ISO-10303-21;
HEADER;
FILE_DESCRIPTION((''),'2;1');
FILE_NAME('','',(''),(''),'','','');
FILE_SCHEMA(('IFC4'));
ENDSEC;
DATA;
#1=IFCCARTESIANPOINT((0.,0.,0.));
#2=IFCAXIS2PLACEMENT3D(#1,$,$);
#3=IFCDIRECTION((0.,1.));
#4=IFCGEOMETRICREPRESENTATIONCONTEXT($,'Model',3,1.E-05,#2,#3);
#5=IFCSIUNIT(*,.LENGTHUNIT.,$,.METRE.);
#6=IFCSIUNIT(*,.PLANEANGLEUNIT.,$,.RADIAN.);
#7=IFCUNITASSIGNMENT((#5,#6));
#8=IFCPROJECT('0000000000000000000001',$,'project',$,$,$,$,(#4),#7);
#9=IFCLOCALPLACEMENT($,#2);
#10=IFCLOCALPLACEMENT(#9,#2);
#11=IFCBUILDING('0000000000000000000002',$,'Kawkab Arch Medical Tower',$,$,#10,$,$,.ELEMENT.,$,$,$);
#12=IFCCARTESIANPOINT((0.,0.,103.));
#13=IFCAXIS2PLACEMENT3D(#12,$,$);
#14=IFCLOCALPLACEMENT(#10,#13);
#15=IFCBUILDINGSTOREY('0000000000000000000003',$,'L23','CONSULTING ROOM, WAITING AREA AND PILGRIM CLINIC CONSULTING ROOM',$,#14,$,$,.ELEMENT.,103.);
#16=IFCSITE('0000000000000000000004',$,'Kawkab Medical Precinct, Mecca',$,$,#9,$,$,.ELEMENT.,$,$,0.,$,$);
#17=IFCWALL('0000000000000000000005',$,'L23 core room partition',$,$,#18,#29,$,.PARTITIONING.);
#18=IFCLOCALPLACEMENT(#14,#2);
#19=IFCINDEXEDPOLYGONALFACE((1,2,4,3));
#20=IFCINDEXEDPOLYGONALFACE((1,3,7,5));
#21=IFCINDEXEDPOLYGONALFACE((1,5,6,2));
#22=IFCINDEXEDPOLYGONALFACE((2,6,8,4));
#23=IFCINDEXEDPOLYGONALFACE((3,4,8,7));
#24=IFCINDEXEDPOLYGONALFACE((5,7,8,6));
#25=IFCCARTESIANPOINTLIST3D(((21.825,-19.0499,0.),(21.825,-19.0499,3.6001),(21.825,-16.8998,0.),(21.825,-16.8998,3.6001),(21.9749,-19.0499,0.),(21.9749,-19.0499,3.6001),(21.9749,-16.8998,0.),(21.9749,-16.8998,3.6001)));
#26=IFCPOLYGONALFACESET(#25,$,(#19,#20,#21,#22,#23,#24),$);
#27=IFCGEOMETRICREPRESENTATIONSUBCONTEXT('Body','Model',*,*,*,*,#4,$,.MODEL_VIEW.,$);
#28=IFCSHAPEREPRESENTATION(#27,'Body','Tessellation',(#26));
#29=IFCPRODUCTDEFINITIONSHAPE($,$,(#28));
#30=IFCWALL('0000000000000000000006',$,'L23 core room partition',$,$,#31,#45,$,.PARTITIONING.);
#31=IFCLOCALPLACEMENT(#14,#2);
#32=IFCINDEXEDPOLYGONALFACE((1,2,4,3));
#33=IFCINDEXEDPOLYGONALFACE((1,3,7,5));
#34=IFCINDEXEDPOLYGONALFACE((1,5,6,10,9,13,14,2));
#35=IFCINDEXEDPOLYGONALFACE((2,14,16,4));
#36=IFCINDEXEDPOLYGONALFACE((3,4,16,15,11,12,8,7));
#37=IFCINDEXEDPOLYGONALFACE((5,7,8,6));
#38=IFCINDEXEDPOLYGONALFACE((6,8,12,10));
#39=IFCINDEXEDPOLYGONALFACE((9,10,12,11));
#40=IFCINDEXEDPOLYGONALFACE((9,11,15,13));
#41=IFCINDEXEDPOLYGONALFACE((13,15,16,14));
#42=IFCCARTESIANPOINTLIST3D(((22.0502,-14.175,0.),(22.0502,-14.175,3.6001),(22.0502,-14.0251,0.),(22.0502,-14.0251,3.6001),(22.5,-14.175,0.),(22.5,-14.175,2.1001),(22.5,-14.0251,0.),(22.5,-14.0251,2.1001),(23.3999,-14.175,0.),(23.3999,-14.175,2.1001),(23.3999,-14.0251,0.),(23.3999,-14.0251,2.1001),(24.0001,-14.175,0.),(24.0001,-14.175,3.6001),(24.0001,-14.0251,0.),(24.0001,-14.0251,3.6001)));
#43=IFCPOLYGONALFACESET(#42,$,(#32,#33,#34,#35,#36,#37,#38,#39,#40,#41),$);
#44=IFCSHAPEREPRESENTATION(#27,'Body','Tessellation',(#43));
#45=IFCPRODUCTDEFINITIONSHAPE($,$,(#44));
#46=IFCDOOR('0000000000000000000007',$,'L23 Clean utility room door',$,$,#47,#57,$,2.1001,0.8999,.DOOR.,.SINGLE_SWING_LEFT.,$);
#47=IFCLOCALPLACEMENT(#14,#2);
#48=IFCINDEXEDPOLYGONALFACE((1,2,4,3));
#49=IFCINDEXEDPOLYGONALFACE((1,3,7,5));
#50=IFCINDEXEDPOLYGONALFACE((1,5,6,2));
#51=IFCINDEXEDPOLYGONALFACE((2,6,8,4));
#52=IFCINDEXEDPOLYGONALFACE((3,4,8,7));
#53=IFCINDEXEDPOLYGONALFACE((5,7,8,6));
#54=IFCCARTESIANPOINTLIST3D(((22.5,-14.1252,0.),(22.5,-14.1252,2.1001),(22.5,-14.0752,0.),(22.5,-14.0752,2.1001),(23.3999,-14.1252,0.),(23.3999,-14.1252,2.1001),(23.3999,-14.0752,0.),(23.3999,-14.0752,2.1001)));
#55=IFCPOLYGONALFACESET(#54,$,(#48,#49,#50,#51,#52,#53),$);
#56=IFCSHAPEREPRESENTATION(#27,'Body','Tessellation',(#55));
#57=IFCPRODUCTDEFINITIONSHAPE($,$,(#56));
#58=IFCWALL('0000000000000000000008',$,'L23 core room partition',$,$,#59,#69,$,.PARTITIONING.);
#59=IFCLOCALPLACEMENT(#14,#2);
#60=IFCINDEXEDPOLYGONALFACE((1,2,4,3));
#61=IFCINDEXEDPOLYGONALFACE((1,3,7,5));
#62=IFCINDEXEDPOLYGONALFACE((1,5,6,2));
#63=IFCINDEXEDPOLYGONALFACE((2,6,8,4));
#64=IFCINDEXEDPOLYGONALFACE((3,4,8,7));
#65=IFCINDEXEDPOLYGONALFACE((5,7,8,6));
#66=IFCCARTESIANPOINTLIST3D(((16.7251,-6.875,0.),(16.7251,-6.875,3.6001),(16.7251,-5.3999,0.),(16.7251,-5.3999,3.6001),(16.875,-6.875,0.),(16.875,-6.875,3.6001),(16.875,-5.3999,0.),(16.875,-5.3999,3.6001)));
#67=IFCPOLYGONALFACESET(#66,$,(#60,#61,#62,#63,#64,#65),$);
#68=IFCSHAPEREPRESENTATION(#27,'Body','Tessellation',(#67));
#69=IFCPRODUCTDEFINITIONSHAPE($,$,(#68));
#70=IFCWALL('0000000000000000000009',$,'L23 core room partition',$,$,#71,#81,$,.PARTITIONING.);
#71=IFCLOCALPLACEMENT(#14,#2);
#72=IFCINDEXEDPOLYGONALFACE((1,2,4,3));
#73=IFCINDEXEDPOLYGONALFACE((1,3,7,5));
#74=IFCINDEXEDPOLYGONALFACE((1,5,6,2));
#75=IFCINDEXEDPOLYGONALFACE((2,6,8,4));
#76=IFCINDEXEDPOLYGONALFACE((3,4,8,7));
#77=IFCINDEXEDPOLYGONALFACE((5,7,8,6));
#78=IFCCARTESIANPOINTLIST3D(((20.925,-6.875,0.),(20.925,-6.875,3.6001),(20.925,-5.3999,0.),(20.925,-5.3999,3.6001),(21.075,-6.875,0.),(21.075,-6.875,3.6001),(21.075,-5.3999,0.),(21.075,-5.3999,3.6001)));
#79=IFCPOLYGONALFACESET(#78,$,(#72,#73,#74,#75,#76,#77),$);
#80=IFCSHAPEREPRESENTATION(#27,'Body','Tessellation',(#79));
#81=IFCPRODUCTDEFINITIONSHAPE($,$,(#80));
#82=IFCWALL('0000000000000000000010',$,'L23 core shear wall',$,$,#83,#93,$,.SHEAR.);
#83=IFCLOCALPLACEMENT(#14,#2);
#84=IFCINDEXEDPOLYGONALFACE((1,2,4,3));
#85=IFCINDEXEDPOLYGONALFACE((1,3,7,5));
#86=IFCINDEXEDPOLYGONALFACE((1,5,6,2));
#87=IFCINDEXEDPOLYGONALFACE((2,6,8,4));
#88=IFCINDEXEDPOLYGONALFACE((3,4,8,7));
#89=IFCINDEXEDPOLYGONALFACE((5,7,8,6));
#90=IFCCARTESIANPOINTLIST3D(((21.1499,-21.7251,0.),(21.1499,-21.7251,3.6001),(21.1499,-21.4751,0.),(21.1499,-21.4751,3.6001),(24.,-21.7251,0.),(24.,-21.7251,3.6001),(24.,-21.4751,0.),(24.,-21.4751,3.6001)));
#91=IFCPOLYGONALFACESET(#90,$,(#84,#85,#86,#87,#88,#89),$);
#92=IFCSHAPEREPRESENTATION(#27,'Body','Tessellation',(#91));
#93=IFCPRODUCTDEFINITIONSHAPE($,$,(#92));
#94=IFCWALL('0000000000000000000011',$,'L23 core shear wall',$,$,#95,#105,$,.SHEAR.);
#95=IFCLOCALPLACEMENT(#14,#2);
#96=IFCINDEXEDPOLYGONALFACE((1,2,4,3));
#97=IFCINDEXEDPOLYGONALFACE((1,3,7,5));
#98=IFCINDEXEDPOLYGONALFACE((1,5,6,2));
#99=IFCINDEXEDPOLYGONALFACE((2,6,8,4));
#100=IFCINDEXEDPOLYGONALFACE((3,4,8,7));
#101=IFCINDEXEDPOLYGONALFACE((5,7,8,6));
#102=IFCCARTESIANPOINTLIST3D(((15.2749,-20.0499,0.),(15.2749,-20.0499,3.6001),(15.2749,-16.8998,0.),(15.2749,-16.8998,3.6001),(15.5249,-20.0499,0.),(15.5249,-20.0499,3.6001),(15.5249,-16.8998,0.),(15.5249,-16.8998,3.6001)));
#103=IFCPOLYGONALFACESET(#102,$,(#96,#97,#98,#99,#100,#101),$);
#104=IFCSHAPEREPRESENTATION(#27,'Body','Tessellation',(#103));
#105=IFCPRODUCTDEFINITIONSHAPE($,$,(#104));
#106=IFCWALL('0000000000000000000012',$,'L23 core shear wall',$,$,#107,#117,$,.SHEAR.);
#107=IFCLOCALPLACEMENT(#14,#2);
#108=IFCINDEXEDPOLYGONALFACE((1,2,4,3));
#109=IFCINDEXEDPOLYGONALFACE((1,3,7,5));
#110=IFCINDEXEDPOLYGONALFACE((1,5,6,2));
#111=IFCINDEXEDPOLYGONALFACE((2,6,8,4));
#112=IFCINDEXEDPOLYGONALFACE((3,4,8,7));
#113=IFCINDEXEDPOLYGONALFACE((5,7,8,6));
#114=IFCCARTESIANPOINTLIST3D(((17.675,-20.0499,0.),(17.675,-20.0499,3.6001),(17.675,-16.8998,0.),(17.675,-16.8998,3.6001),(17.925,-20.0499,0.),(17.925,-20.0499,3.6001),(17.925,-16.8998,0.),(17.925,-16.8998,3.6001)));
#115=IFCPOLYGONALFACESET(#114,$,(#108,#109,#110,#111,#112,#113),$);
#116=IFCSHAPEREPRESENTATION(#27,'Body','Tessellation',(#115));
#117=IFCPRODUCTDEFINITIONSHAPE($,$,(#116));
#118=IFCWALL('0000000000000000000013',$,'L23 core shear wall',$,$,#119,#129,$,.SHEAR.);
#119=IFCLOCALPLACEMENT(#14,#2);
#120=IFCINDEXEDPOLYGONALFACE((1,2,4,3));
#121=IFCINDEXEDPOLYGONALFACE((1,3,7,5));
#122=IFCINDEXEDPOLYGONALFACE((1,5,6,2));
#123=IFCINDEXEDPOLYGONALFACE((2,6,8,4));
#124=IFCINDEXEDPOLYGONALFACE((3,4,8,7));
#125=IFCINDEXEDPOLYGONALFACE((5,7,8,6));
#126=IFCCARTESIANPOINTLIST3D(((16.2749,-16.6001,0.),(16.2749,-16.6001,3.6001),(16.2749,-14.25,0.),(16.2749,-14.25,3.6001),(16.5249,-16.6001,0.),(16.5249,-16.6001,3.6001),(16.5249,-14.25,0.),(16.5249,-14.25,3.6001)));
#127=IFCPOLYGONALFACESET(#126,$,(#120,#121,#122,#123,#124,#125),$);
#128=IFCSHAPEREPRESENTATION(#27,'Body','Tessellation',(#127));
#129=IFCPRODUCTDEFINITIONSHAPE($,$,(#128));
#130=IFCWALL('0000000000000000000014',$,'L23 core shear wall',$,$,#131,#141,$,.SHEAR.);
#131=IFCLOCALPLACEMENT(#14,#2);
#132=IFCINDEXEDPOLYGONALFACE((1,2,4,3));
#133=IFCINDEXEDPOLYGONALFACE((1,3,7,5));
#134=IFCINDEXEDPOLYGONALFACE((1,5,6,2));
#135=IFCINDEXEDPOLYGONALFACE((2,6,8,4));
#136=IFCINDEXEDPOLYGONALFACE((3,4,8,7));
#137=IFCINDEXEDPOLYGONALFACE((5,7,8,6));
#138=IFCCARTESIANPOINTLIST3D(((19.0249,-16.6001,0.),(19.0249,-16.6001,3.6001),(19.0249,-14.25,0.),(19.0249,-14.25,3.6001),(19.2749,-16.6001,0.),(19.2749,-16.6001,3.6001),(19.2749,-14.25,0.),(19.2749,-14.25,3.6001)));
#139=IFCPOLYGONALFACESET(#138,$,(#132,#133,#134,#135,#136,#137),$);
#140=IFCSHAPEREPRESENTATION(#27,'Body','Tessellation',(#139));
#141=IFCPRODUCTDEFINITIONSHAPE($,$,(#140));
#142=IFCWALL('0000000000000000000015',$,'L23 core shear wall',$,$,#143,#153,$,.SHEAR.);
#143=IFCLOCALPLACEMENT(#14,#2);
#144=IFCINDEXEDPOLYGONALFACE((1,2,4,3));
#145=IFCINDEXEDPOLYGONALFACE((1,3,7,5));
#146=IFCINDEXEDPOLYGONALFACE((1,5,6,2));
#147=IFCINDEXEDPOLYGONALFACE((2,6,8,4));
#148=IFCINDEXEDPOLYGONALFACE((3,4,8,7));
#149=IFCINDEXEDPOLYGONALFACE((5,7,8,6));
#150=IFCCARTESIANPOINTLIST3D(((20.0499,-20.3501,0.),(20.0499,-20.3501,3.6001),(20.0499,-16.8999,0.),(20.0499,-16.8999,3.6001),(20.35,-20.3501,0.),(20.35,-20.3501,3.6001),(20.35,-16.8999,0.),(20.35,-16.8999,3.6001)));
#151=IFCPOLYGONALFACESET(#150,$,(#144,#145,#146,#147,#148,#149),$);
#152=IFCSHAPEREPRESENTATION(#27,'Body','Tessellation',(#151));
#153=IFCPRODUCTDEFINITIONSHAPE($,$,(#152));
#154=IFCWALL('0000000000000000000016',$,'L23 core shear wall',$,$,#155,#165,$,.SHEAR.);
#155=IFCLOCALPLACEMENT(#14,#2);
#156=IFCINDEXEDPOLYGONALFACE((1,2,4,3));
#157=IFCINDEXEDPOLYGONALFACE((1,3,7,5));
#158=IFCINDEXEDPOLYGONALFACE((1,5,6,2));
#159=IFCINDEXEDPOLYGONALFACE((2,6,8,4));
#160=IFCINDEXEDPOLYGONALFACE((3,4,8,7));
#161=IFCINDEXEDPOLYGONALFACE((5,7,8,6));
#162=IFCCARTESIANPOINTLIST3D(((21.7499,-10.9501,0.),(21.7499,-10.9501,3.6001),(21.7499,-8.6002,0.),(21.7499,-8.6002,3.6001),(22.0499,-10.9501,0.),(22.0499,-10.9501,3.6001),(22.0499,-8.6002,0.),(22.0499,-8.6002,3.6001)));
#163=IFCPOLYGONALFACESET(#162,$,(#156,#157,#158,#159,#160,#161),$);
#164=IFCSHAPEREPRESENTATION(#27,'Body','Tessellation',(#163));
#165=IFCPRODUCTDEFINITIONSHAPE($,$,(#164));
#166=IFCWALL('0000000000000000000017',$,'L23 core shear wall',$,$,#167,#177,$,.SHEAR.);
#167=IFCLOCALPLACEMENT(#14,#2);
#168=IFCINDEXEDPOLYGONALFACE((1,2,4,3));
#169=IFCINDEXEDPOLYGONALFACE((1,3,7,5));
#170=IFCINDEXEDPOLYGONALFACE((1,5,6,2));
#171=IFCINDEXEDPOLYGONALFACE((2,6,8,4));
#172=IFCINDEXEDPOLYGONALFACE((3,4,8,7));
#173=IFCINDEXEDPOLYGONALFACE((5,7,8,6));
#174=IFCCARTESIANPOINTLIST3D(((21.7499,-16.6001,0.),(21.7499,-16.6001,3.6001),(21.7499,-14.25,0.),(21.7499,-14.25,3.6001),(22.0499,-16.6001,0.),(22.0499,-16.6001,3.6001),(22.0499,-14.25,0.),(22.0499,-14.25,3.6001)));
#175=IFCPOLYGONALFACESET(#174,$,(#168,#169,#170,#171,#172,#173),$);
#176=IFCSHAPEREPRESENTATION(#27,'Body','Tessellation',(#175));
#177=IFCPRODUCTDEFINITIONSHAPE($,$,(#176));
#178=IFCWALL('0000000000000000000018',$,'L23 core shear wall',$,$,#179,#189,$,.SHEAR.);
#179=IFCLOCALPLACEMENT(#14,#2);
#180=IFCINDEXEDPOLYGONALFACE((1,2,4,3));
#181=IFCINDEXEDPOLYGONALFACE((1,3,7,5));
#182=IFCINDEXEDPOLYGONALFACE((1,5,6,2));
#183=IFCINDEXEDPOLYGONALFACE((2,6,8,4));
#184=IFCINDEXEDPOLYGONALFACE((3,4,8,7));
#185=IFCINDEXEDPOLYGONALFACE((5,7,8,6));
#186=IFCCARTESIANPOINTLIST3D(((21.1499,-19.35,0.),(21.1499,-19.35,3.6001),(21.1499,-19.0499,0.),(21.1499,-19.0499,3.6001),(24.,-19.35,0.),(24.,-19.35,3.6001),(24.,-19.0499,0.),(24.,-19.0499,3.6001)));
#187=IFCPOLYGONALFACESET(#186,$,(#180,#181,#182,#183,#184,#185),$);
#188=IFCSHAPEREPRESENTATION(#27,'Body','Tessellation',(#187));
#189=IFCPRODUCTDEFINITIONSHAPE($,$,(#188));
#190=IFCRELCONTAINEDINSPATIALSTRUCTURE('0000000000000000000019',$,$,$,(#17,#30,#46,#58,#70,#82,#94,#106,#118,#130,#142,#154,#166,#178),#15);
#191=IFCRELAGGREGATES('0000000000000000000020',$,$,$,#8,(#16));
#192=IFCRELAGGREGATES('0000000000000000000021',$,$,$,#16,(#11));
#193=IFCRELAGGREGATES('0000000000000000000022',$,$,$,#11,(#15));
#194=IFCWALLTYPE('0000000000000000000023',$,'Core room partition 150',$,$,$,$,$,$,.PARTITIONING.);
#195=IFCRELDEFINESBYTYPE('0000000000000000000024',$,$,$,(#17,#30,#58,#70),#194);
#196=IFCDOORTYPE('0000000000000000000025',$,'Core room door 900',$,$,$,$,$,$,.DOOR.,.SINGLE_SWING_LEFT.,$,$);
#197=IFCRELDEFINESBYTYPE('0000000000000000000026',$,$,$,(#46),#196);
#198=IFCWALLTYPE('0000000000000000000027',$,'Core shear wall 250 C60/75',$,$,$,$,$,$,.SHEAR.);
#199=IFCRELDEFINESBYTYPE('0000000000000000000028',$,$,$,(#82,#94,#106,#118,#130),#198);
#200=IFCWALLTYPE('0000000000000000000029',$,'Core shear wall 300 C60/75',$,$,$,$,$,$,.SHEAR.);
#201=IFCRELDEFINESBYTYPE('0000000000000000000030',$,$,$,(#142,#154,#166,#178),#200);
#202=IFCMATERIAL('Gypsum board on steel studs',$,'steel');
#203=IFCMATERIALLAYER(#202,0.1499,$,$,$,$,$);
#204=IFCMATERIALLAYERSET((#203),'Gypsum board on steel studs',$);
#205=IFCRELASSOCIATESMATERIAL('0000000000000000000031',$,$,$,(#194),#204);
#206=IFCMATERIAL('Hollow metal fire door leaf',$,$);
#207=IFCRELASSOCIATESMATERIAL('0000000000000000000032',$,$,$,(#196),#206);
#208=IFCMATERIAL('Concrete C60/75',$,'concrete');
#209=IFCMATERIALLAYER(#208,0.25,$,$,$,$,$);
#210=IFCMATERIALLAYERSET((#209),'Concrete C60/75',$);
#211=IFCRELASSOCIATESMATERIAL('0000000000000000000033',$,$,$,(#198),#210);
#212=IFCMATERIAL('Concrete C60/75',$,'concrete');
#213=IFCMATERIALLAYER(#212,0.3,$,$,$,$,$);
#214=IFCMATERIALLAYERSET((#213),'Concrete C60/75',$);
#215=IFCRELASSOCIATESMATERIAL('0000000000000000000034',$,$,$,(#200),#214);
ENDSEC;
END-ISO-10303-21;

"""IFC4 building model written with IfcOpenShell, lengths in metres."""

from ifc_helpers import new_model, si_unit, direction, frame, frame_2d, origin, place, context, subcontext, project, spatial, rectangle, extrude, material, layer, layer_set, type_object, element, fill, save


model = new_model("IFC4")

# Units and contexts
model_context = context("Model", 3, precision=1e-05, world=origin(), true_north=direction((0.0, 1.0)))
body_context = subcontext(model_context, "Body", "Model", "MODEL_VIEW")
ifc_project = project(units=[si_unit("LENGTHUNIT", "METRE"), si_unit("PLANEANGLEUNIT", "RADIAN")], contexts=[model_context])

# Site, building, storey
site_placement = place(None, origin())
site = spatial("IfcSite", under=ifc_project, at=site_placement, Name="Kawkab Medical Precinct, Mecca", CompositionType="ELEMENT", RefElevation=0.0)
building_placement = place(site_placement, origin())
building = spatial("IfcBuilding", under=site, at=building_placement, Name="Kawkab Arch Medical Tower", CompositionType="ELEMENT")
storey_placement = place(building_placement, frame((0.0, 0.0, 103.0)))
storey = spatial("IfcBuildingStorey", under=building, at=storey_placement, Name="L23", Description="CONSULTING ROOM, WAITING AREA AND PILGRIM CLINIC CONSULTING ROOM", CompositionType="ELEMENT", Elevation=103.0)

# Wall
ifc_material_1 = material(Name="Gypsum board on steel studs", Category="steel")
ifc_layer_1 = layer(ifc_material_1, 0.1499)
ifc_layer_set_1 = layer_set([ifc_layer_1], Name="Gypsum board on steel studs")
wall_type_1 = type_object("IfcWallType", Name="Core room partition 150", PredefinedType="PARTITIONING", material=ifc_layer_set_1)
wall_1_placement = place(storey_placement, frame((21.8999, -19.05, 0.0), z_axis=(0.0, 0.0, 1.0), x_axis=(0.0, 1.0, 0.0)))
element("IfcWall", 1, at=wall_1_placement, inside=storey, type_object=wall_type_1, Name="L23 core room partition", PredefinedType="PARTITIONING", context=body_context, shape_type="SweptSolid", body=[
    extrude(rectangle(XDim=2.1501, YDim=0.1499, at=frame_2d((1.0752, 0.0))), origin(), (0.0, 0.0, 1.0), 3.6001),
])

# Wall, opening, door
wall_2_placement = place(storey_placement, frame((22.05, -14.1001, 0.0), z_axis=(0.0, 0.0, 1.0), x_axis=(1.0, 0.0, 0.0)))
wall_2 = element("IfcWall", 2, at=wall_2_placement, inside=storey, type_object=wall_type_1, Name="L23 core room partition", PredefinedType="PARTITIONING", context=body_context, shape_type="SweptSolid", body=[
    extrude(rectangle(XDim=1.95, YDim=0.1499, at=frame_2d((0.9751, 0.0))), origin(), (0.0, 0.0, 1.0), 3.6001),
])
opening_placement = place(wall_2_placement, frame((0.45, 0.0, 0.0)))
opening = element("IfcOpeningElement", 3, at=opening_placement, cuts=wall_2, PredefinedType="OPENING", context=body_context, shape_type="SweptSolid", body=[
    extrude(rectangle(XDim=0.8999, YDim=2.1001, at=frame_2d((0.45, 1.05))), frame((0.0, 0.085, 0.0), z_axis=(0.0, -1.0, 0.0), x_axis=(1.0, 0.0, 0.0)), (0.0, 0.0, 1.0), 0.1699),
])
ifc_material_2 = material(Name="Hollow metal fire door leaf")
door_type = type_object("IfcDoorType", Name="Core room door 900", OperationType="SINGLE_SWING_LEFT", PredefinedType="DOOR", material=ifc_material_2)
door_placement = place(opening_placement, origin())
door = element("IfcDoor", 4, at=door_placement, inside=storey, type_object=door_type, Name="L23 Clean utility room door", OperationType="SINGLE_SWING_LEFT", OverallHeight=2.1001, OverallWidth=0.8999, PredefinedType="DOOR", context=body_context, shape_type="SweptSolid", body=[
    extrude(rectangle(XDim=0.8999, YDim=2.1001, at=frame_2d((0.45, 1.05))), frame((0.0, 0.0249, 0.0), z_axis=(0.0, -1.0, 0.0), x_axis=(1.0, 0.0, 0.0)), (0.0, 0.0, 1.0), 0.05),
])
fill(opening, door)

# Walls
for number, where, z_axis, x_axis, name in (
    (5, (16.8, -6.875, 0.0), (0.0, 0.0, 1.0), (0.0, 1.0, 0.0), "L23 core room partition"),
    (6, (21.0, -6.875, 0.0), (0.0, 0.0, 1.0), (0.0, 1.0, 0.0), "L23 core room partition"),
):
    element("IfcWall", number, at=place(storey_placement, frame(where, z_axis=z_axis, x_axis=x_axis)), inside=storey, type_object=wall_type_1, Name=name, PredefinedType="PARTITIONING", context=body_context, shape_type="SweptSolid", body=[
        extrude(rectangle(XDim=1.4751, YDim=0.1499, at=frame_2d((0.7375, 0.0))), origin(), (0.0, 0.0, 1.0), 3.6001),
    ])
ifc_material_3 = material(Name="Concrete C60/75", Category="concrete")
ifc_layer_2 = layer(ifc_material_3, 0.25)
ifc_layer_set_2 = layer_set([ifc_layer_2], Name="Concrete C60/75")
wall_type_2 = type_object("IfcWallType", Name="Core shear wall 250 C60/75", PredefinedType="SHEAR", material=ifc_layer_set_2)
wall_3_placement = place(storey_placement, frame((21.1499, -21.6001, 0.0), z_axis=(0.0, 0.0, 1.0), x_axis=(1.0, 0.0, 0.0)))
element("IfcWall", 7, at=wall_3_placement, inside=storey, type_object=wall_type_2, Name="L23 core shear wall", PredefinedType="SHEAR", context=body_context, shape_type="SweptSolid", body=[
    extrude(rectangle(XDim=2.8501, YDim=0.25, at=frame_2d((1.425, 0.0))), origin(), (0.0, 0.0, 1.0), 3.6001),
])
for number, where, z_axis, x_axis, name in (
    (8, (15.3999, -20.05, 0.0), (0.0, 0.0, 1.0), (0.0, 1.0, 0.0), "L23 core shear wall"),
    (9, (17.8, -20.05, 0.0), (0.0, 0.0, 1.0), (0.0, 1.0, 0.0), "L23 core shear wall"),
):
    element("IfcWall", number, at=place(storey_placement, frame(where, z_axis=z_axis, x_axis=x_axis)), inside=storey, type_object=wall_type_2, Name=name, PredefinedType="SHEAR", context=body_context, shape_type="SweptSolid", body=[
        extrude(rectangle(XDim=3.1501, YDim=0.25, at=frame_2d((1.5752, 0.0))), origin(), (0.0, 0.0, 1.0), 3.6001),
    ])
for number, where, z_axis, x_axis, name in (
    (10, (16.3999, -16.6001, 0.0), (0.0, 0.0, 1.0), (0.0, 1.0, 0.0), "L23 core shear wall"),
    (11, (19.1499, -16.6001, 0.0), (0.0, 0.0, 1.0), (0.0, 1.0, 0.0), "L23 core shear wall"),
):
    element("IfcWall", number, at=place(storey_placement, frame(where, z_axis=z_axis, x_axis=x_axis)), inside=storey, type_object=wall_type_2, Name=name, PredefinedType="SHEAR", context=body_context, shape_type="SweptSolid", body=[
        extrude(rectangle(XDim=2.3501, YDim=0.25, at=frame_2d((1.175, 0.0))), origin(), (0.0, 0.0, 1.0), 3.6001),
    ])
ifc_material_4 = material(Name="Concrete C60/75", Category="concrete")
ifc_layer_3 = layer(ifc_material_4, 0.3)
ifc_layer_set_3 = layer_set([ifc_layer_3], Name="Concrete C60/75")
wall_type_3 = type_object("IfcWallType", Name="Core shear wall 300 C60/75", PredefinedType="SHEAR", material=ifc_layer_set_3)
wall_4_placement = place(storey_placement, frame((20.2, -20.3501, 0.0), z_axis=(0.0, 0.0, 1.0), x_axis=(0.0, 1.0, 0.0)))
element("IfcWall", 12, at=wall_4_placement, inside=storey, type_object=wall_type_3, Name="L23 core shear wall", PredefinedType="SHEAR", context=body_context, shape_type="SweptSolid", body=[
    extrude(rectangle(XDim=3.4502, YDim=0.3, at=frame_2d((1.7251, 0.0))), origin(), (0.0, 0.0, 1.0), 3.6001),
])
wall_5_placement = place(storey_placement, frame((21.8999, -10.95, 0.0), z_axis=(0.0, 0.0, 1.0), x_axis=(0.0, 1.0, 0.0)))
element("IfcWall", 13, at=wall_5_placement, inside=storey, type_object=wall_type_3, Name="L23 core shear wall", PredefinedType="SHEAR", context=body_context, shape_type="SweptSolid", body=[
    extrude(rectangle(XDim=2.3499, YDim=0.3, at=frame_2d((1.1748, 0.0))), origin(), (0.0, 0.0, 1.0), 3.6001),
])
wall_6_placement = place(storey_placement, frame((21.8999, -16.6001, 0.0), z_axis=(0.0, 0.0, 1.0), x_axis=(0.0, 1.0, 0.0)))
element("IfcWall", 14, at=wall_6_placement, inside=storey, type_object=wall_type_3, Name="L23 core shear wall", PredefinedType="SHEAR", context=body_context, shape_type="SweptSolid", body=[
    extrude(rectangle(XDim=2.3501, YDim=0.3, at=frame_2d((1.175, 0.0))), origin(), (0.0, 0.0, 1.0), 3.6001),
])
wall_7_placement = place(storey_placement, frame((21.1499, -19.2, 0.0), z_axis=(0.0, 0.0, 1.0), x_axis=(1.0, 0.0, 0.0)))
element("IfcWall", 15, at=wall_7_placement, inside=storey, type_object=wall_type_3, Name="L23 core shear wall", PredefinedType="SHEAR", context=body_context, shape_type="SweptSolid", body=[
    extrude(rectangle(XDim=2.8501, YDim=0.3, at=frame_2d((1.425, 0.0))), origin(), (0.0, 0.0, 1.0), 3.6001),
])

save(model, "model.ifc")
